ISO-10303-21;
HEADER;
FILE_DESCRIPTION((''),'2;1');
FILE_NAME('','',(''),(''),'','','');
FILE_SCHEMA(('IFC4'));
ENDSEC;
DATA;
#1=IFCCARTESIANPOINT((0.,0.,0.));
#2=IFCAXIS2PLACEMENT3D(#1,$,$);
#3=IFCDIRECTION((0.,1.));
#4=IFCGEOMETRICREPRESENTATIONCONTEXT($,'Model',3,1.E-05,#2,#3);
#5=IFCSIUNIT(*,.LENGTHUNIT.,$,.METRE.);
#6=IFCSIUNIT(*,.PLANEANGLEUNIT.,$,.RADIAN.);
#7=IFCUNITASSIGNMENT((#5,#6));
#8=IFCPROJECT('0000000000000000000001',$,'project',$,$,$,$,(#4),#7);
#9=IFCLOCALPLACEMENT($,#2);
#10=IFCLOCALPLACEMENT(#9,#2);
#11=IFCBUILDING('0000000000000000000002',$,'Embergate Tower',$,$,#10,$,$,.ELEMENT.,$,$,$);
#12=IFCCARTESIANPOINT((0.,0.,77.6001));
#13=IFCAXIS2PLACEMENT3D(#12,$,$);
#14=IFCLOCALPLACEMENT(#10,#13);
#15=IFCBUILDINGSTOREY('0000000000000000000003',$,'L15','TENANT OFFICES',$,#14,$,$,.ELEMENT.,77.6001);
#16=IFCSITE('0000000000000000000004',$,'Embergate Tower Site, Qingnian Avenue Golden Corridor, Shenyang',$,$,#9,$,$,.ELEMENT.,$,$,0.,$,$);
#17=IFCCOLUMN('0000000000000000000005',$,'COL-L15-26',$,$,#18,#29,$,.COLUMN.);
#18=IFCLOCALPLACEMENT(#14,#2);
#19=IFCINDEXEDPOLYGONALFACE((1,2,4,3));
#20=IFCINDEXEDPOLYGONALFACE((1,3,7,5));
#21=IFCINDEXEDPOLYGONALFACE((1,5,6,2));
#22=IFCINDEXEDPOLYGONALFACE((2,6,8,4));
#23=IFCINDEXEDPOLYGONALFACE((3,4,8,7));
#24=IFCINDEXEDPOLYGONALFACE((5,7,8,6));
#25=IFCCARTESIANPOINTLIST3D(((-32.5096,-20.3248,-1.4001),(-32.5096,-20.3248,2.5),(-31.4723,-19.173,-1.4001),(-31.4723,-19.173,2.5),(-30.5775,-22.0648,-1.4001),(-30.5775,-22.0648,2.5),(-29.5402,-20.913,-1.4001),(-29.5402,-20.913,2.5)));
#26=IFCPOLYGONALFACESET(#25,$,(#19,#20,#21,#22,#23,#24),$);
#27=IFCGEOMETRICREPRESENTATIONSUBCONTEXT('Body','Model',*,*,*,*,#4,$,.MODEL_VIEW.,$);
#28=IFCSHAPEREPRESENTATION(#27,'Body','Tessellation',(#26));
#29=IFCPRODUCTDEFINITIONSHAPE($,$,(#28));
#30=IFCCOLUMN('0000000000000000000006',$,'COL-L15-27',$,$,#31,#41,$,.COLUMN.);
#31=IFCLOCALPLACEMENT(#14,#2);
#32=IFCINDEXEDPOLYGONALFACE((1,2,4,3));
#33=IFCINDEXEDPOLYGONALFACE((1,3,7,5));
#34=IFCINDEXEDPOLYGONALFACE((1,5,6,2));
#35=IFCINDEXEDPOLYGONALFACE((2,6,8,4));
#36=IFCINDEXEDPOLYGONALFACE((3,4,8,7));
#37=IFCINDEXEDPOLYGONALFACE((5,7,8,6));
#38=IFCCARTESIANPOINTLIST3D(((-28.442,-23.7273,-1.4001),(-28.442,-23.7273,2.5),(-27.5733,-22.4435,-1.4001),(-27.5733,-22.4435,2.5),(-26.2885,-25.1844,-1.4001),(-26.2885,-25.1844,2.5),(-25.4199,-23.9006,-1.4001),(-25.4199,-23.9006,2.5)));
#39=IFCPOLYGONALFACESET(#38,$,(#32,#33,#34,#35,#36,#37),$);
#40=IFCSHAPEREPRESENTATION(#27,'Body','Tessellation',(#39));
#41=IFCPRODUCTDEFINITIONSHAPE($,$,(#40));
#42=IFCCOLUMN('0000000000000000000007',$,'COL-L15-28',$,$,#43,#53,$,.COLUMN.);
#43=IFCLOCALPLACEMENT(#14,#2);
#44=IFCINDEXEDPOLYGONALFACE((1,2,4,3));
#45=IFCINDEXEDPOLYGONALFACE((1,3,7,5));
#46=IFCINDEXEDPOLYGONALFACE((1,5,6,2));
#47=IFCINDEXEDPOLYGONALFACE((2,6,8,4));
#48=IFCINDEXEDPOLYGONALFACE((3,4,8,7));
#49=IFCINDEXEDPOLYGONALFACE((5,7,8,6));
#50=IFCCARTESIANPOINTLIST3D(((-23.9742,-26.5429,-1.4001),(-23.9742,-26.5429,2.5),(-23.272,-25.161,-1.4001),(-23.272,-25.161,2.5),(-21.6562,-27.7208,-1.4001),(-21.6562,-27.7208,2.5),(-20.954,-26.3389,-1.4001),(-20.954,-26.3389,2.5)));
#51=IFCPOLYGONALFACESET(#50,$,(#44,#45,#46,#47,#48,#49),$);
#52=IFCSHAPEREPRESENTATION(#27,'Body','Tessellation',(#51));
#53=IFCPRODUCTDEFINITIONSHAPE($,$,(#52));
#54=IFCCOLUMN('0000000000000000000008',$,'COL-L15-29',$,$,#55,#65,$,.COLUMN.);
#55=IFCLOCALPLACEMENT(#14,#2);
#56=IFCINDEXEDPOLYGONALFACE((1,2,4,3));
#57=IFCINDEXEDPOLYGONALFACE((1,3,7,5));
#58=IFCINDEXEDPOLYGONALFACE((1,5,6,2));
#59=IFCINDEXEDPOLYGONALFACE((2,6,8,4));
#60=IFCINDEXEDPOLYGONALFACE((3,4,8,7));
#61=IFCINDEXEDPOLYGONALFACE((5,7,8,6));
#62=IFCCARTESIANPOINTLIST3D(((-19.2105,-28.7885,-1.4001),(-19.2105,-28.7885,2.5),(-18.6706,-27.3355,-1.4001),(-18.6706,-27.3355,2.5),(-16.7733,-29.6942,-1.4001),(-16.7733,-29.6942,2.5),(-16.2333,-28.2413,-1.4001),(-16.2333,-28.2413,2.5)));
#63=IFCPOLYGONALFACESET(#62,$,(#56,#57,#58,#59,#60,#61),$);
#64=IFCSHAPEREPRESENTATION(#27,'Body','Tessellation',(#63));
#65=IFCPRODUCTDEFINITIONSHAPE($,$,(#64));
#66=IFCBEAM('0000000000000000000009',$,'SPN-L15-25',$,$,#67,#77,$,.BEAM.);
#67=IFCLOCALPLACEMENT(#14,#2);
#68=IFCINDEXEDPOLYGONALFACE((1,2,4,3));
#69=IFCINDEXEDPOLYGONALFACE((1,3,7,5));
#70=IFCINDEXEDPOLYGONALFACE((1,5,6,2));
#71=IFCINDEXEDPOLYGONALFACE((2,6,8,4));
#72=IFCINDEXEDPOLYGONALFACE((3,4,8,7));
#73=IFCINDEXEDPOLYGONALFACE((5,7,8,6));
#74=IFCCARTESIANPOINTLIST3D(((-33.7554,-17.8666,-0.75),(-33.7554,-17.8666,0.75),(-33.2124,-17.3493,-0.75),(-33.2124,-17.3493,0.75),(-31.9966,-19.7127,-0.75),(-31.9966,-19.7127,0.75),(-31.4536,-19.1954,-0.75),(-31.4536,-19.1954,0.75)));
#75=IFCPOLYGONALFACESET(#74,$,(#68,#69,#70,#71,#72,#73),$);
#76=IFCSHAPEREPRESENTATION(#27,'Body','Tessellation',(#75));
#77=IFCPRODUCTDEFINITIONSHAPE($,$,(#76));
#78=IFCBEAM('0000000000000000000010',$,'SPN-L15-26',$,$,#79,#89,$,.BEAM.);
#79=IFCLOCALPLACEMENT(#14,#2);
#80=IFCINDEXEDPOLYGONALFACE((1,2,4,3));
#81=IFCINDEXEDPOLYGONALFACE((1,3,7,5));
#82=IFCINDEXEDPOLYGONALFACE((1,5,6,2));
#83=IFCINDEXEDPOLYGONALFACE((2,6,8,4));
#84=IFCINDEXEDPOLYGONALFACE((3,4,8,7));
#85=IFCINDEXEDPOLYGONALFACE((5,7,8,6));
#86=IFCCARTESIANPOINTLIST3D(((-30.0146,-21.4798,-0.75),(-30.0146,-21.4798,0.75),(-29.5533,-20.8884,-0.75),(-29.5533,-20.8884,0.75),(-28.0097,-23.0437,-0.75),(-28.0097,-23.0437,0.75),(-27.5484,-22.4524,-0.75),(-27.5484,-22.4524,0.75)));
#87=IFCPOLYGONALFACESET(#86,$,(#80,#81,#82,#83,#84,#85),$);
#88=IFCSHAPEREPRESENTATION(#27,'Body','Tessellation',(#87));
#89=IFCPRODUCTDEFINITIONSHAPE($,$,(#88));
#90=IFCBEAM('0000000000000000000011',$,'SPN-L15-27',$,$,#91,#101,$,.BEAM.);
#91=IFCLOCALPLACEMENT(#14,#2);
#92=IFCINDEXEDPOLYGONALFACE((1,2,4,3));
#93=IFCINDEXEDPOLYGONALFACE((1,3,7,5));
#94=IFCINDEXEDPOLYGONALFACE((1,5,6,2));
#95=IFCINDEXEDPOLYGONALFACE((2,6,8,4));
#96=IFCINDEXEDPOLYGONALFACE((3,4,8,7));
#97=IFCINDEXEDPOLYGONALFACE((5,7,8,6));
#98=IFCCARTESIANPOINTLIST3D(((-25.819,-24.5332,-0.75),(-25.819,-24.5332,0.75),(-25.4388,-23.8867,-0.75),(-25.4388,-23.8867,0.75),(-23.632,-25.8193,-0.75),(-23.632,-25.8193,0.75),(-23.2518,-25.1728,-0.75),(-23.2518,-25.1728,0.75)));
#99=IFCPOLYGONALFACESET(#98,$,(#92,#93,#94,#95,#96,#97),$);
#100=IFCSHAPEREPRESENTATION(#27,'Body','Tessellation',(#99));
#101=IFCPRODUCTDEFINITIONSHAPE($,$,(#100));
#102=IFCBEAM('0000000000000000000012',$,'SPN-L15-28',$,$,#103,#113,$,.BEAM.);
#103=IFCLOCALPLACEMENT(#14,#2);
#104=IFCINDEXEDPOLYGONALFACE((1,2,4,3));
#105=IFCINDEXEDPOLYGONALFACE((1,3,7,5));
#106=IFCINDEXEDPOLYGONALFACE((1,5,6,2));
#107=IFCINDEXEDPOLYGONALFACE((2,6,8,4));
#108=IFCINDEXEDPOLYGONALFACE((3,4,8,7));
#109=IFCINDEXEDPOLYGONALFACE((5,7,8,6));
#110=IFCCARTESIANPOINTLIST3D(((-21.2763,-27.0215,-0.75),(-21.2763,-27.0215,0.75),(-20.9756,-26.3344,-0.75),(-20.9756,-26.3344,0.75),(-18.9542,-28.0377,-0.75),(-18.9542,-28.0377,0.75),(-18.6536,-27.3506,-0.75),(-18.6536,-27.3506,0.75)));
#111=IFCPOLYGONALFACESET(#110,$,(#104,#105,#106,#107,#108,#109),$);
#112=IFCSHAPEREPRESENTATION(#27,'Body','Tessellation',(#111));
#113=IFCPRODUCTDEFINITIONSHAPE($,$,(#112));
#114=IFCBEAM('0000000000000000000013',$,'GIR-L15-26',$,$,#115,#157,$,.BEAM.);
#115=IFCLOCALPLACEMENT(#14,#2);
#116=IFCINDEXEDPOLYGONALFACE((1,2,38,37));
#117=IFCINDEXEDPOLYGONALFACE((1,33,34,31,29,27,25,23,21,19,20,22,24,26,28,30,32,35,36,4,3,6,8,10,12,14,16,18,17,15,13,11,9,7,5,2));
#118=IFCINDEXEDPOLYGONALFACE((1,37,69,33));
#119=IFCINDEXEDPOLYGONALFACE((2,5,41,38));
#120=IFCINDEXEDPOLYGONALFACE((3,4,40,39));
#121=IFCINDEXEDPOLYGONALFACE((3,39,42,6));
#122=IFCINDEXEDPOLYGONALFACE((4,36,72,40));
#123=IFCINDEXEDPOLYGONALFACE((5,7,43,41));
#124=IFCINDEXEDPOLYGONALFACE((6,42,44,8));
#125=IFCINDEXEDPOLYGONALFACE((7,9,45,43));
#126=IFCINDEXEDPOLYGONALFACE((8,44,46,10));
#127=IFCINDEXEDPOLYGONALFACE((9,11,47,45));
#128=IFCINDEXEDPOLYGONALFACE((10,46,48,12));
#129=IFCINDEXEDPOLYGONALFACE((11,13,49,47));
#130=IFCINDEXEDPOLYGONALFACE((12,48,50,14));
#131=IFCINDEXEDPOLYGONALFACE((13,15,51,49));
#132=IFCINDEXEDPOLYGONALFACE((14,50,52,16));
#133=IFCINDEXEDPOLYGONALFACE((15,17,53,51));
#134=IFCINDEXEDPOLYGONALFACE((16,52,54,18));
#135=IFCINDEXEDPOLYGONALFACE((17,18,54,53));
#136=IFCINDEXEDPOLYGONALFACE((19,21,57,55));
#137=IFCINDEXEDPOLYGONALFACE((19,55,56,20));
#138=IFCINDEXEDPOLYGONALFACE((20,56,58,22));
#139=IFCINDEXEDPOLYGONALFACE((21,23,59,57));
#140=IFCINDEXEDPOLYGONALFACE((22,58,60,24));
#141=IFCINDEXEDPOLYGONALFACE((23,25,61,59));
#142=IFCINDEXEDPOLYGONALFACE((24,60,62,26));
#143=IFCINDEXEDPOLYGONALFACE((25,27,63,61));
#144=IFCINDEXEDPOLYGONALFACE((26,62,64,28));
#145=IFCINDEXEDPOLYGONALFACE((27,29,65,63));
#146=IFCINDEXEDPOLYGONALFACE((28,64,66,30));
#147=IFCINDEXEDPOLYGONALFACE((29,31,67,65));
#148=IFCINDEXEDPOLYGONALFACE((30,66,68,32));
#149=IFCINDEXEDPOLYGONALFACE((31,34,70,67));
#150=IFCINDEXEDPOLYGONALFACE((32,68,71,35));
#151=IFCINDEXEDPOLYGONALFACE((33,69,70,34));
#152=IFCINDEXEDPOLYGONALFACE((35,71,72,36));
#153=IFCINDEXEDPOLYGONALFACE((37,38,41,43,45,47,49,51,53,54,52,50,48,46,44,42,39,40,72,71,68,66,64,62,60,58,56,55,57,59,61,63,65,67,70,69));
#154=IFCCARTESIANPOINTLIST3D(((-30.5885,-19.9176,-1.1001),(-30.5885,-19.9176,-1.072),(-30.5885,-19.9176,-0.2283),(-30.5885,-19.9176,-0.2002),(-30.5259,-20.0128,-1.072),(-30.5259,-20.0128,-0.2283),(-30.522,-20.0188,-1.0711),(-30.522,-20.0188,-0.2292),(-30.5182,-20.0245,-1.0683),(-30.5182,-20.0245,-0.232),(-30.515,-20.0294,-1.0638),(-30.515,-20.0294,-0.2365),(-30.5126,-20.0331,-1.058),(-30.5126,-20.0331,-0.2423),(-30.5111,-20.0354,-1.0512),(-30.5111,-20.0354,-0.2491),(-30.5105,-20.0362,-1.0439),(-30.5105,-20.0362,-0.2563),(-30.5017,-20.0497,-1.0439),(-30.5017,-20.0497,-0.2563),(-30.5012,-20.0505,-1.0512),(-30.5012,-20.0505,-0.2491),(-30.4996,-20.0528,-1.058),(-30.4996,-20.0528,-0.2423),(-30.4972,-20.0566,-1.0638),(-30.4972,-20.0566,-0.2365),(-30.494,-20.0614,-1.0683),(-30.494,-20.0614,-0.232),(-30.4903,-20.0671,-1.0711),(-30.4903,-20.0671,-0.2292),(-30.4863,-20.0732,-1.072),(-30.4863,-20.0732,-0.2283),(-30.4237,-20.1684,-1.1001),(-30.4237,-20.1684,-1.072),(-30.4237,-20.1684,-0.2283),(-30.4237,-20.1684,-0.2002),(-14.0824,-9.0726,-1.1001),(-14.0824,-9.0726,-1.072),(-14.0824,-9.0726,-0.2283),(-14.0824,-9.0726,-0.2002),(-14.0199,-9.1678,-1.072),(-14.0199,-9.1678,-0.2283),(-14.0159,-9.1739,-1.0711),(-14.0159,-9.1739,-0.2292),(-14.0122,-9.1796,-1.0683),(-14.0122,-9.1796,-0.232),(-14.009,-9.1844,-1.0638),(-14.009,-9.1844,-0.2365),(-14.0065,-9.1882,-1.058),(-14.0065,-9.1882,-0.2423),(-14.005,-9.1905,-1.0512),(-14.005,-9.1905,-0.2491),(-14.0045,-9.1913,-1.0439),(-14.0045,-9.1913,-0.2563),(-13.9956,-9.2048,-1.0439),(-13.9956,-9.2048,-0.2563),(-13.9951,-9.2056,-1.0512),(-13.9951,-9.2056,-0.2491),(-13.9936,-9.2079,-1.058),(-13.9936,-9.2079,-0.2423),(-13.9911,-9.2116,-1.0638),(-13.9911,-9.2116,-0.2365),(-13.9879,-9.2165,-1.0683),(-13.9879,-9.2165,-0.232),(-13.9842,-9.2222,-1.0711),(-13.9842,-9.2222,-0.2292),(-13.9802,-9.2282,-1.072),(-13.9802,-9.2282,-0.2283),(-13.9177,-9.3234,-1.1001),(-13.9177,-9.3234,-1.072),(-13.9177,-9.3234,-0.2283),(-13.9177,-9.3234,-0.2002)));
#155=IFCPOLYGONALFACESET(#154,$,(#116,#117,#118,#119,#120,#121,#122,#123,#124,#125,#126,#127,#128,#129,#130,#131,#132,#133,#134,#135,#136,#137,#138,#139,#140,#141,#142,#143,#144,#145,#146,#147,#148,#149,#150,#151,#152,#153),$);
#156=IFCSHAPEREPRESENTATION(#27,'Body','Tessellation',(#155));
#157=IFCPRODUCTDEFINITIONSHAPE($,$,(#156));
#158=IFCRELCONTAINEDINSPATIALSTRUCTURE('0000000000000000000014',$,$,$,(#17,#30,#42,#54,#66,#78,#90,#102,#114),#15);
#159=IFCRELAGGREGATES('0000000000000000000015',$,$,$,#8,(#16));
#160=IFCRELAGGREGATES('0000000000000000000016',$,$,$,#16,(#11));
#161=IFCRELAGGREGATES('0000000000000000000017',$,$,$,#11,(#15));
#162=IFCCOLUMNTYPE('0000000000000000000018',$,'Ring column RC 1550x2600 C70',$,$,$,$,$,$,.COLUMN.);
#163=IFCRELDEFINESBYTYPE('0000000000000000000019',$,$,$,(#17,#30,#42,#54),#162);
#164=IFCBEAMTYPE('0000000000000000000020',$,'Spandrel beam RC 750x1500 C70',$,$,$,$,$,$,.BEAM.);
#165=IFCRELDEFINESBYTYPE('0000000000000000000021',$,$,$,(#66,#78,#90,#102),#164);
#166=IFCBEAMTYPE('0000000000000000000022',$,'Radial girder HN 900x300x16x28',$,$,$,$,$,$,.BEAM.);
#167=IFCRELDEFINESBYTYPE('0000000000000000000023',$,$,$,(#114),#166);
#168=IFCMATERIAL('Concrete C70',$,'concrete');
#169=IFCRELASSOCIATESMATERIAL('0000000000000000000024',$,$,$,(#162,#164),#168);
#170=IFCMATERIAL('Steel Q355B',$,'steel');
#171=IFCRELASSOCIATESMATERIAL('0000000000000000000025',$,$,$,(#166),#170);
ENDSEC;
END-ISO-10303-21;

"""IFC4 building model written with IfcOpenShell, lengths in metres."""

from ifc_helpers import new_model, si_unit, direction, frame, origin, origin_2d, place, context, subcontext, project, spatial, rectangle, i_section, extrude, source, transform, mapped, material, material_profile, profile_set, type_object, element, save


model = new_model("IFC4")

# Units and contexts
model_context = context("Model", 3, precision=1e-05, world=origin(), true_north=direction((0.0, 1.0)))
body_context = subcontext(model_context, "Body", "Model", "MODEL_VIEW")
ifc_project = project(units=[si_unit("LENGTHUNIT", "METRE"), si_unit("PLANEANGLEUNIT", "RADIAN")], contexts=[model_context])

# Site, building, storey
site_placement = place(None, origin())
site = spatial("IfcSite", under=ifc_project, at=site_placement, Name="Embergate Tower Site, Qingnian Avenue Golden Corridor, Shenyang", CompositionType="ELEMENT", RefElevation=0.0)
building_placement = place(site_placement, origin())
building = spatial("IfcBuilding", under=site, at=building_placement, Name="Embergate Tower", CompositionType="ELEMENT")
storey_placement = place(building_placement, frame((0.0, 0.0, 77.6001)))
storey = spatial("IfcBuildingStorey", under=building, at=storey_placement, Name="L15", Description="TENANT OFFICES", CompositionType="ELEMENT", Elevation=77.6001)

# Columns
ifc_material_1 = material(Name="Concrete C70", Category="concrete")
ifc_material_profile_1 = material_profile(ifc_material_1, rectangle(XDim=1.55, YDim=2.6001, at=origin_2d()), Name="RC 1550x2600")
ifc_profile_set_1 = profile_set([ifc_material_profile_1], Name="Concrete C70")
column_type = type_object("IfcColumnType", Name="Ring column RC 1550x2600 C70", PredefinedType="COLUMN", material=ifc_profile_set_1)
shared_shape_1 = source(origin(), body_context, "Body", "SweptSolid", [
    extrude(rectangle(XDim=1.55, YDim=2.6001, at=origin_2d()), origin(), (0.0, 0.0, 1.0), 3.9001),
])
for number, where, z_axis, x_axis, name in (
    (1, (-31.0249, -20.6189, -1.4001), (0.0, 0.0, 1.0), (-0.669208, -0.743075, 0.0), "COL-L15-26"),
    (2, (-26.9309, -23.814, -1.4001), (0.0, 0.0, 1.0), (-0.560393, -0.828227, 0.0), "COL-L15-27"),
    (3, (-22.4641, -26.4409, -1.4001), (0.0, 0.0, 1.0), (-0.453011, -0.891505, 0.0), "COL-L15-28"),
    (4, (-17.7219, -28.5149, -1.4001), (0.0, 0.0, 1.0), (-0.348343, -0.937367, 0.0), "COL-L15-29"),
):
    element("IfcColumn", number, at=place(storey_placement, frame(where, z_axis=z_axis, x_axis=x_axis)), inside=storey, type_object=column_type, Name=name, PredefinedType="COLUMN", context=body_context, shape_type="MappedRepresentation", body=[
        mapped(shared_shape_1, transform((0.0, 0.0, 0.0))),
    ])

# Beams
ifc_material_profile_2 = material_profile(ifc_material_1, rectangle(XDim=0.75, YDim=1.5, at=origin_2d()), Name="RC 750x1500")
ifc_profile_set_2 = profile_set([ifc_material_profile_2], Name="Concrete C70")
beam_type_1 = type_object("IfcBeamType", Name="Spandrel beam RC 750x1500 C70", PredefinedType="BEAM", material=ifc_profile_set_2)
shared_shape_2 = source(origin(), body_context, "Body", "SweptSolid", [
    extrude(rectangle(XDim=0.75, YDim=1.5, at=origin_2d()), origin(), (0.0, 0.0, 1.0), 2.5498),
])
beam_1_placement = place(storey_placement, frame((-33.4839, -17.6079, 0.0), z_axis=(0.68976, -0.724038, 0.0), x_axis=(0.724038, 0.68976, 0.0)))
element("IfcBeam", 5, at=beam_1_placement, inside=storey, type_object=beam_type_1, Name="SPN-L15-25", PredefinedType="BEAM", context=body_context, shape_type="MappedRepresentation", body=[
    mapped(shared_shape_2, transform((0.0, 0.0, 0.0))),
])
shared_shape_3 = source(origin(), body_context, "Body", "SweptSolid", [
    extrude(rectangle(XDim=0.75, YDim=1.5, at=origin_2d()), origin(), (0.0, 0.0, 1.0), 2.5427),
])
beam_2_placement = place(storey_placement, frame((-29.7839, -21.1841, 0.0), z_axis=(0.788473, -0.61507, 0.0), x_axis=(0.61507, 0.788473, 0.0)))
element("IfcBeam", 6, at=beam_2_placement, inside=storey, type_object=beam_type_1, Name="SPN-L15-26", PredefinedType="BEAM", context=body_context, shape_type="MappedRepresentation", body=[
    mapped(shared_shape_3, transform((0.0, 0.0, 0.0))),
])
shared_shape_4 = source(origin(), body_context, "Body", "SweptSolid", [
    extrude(rectangle(XDim=0.75, YDim=1.5, at=origin_2d()), origin(), (0.0, 0.0, 1.0), 2.5371),
])
beam_3_placement = place(storey_placement, frame((-25.6289, -24.21, 0.0), z_axis=(0.861994, -0.506919, 0.0), x_axis=(0.506919, 0.861994, 0.0)))
element("IfcBeam", 7, at=beam_3_placement, inside=storey, type_object=beam_type_1, Name="SPN-L15-27", PredefinedType="BEAM", context=body_context, shape_type="MappedRepresentation", body=[
    mapped(shared_shape_4, transform((0.0, 0.0, 0.0))),
])
shared_shape_5 = source(origin(), body_context, "Body", "SweptSolid", [
    extrude(rectangle(XDim=0.75, YDim=1.5, at=origin_2d()), origin(), (0.0, 0.0, 1.0), 2.5347),
])
beam_4_placement = place(storey_placement, frame((-21.126, -26.678, 0.0), z_axis=(0.916124, -0.400895, 0.0), x_axis=(0.400895, 0.916124, 0.0)))
element("IfcBeam", 8, at=beam_4_placement, inside=storey, type_object=beam_type_1, Name="SPN-L15-28", PredefinedType="BEAM", context=body_context, shape_type="MappedRepresentation", body=[
    mapped(shared_shape_5, transform((0.0, 0.0, 0.0))),
])
ifc_material_2 = material(Name="Steel Q355B", Category="steel")
ifc_material_profile_3 = material_profile(ifc_material_2, i_section(OverallWidth=0.3, OverallDepth=0.8999, WebThickness=0.0161, FlangeThickness=0.0281, FilletRadius=0.0281, at=origin_2d()), Name="HN 900x300x16x28")
ifc_profile_set_3 = profile_set([ifc_material_profile_3], Name="Steel Q355 grade B")
beam_type_2 = type_object("IfcBeamType", Name="Radial girder HN 900x300x16x28", PredefinedType="BEAM", material=ifc_profile_set_3)
shared_shape_6 = source(origin(), body_context, "Body", "SweptSolid", [
    extrude(i_section(OverallWidth=0.3, OverallDepth=0.8999, WebThickness=0.0161, FlangeThickness=0.0281, FilletRadius=0.0281, at=origin_2d()), origin(), (0.0, 0.0, 1.0), 19.75),
])
beam_5_placement = place(storey_placement, frame((-30.5061, -20.043, -0.6501), z_axis=(0.83575, 0.549111, 0.0), x_axis=(-0.549111, 0.83575, 0.0)))
element("IfcBeam", 9, at=beam_5_placement, inside=storey, type_object=beam_type_2, Name="GIR-L15-26", PredefinedType="BEAM", context=body_context, shape_type="MappedRepresentation", body=[
    mapped(shared_shape_6, transform((0.0, 0.0, 0.0))),
])

save(model, "model.ifc")
